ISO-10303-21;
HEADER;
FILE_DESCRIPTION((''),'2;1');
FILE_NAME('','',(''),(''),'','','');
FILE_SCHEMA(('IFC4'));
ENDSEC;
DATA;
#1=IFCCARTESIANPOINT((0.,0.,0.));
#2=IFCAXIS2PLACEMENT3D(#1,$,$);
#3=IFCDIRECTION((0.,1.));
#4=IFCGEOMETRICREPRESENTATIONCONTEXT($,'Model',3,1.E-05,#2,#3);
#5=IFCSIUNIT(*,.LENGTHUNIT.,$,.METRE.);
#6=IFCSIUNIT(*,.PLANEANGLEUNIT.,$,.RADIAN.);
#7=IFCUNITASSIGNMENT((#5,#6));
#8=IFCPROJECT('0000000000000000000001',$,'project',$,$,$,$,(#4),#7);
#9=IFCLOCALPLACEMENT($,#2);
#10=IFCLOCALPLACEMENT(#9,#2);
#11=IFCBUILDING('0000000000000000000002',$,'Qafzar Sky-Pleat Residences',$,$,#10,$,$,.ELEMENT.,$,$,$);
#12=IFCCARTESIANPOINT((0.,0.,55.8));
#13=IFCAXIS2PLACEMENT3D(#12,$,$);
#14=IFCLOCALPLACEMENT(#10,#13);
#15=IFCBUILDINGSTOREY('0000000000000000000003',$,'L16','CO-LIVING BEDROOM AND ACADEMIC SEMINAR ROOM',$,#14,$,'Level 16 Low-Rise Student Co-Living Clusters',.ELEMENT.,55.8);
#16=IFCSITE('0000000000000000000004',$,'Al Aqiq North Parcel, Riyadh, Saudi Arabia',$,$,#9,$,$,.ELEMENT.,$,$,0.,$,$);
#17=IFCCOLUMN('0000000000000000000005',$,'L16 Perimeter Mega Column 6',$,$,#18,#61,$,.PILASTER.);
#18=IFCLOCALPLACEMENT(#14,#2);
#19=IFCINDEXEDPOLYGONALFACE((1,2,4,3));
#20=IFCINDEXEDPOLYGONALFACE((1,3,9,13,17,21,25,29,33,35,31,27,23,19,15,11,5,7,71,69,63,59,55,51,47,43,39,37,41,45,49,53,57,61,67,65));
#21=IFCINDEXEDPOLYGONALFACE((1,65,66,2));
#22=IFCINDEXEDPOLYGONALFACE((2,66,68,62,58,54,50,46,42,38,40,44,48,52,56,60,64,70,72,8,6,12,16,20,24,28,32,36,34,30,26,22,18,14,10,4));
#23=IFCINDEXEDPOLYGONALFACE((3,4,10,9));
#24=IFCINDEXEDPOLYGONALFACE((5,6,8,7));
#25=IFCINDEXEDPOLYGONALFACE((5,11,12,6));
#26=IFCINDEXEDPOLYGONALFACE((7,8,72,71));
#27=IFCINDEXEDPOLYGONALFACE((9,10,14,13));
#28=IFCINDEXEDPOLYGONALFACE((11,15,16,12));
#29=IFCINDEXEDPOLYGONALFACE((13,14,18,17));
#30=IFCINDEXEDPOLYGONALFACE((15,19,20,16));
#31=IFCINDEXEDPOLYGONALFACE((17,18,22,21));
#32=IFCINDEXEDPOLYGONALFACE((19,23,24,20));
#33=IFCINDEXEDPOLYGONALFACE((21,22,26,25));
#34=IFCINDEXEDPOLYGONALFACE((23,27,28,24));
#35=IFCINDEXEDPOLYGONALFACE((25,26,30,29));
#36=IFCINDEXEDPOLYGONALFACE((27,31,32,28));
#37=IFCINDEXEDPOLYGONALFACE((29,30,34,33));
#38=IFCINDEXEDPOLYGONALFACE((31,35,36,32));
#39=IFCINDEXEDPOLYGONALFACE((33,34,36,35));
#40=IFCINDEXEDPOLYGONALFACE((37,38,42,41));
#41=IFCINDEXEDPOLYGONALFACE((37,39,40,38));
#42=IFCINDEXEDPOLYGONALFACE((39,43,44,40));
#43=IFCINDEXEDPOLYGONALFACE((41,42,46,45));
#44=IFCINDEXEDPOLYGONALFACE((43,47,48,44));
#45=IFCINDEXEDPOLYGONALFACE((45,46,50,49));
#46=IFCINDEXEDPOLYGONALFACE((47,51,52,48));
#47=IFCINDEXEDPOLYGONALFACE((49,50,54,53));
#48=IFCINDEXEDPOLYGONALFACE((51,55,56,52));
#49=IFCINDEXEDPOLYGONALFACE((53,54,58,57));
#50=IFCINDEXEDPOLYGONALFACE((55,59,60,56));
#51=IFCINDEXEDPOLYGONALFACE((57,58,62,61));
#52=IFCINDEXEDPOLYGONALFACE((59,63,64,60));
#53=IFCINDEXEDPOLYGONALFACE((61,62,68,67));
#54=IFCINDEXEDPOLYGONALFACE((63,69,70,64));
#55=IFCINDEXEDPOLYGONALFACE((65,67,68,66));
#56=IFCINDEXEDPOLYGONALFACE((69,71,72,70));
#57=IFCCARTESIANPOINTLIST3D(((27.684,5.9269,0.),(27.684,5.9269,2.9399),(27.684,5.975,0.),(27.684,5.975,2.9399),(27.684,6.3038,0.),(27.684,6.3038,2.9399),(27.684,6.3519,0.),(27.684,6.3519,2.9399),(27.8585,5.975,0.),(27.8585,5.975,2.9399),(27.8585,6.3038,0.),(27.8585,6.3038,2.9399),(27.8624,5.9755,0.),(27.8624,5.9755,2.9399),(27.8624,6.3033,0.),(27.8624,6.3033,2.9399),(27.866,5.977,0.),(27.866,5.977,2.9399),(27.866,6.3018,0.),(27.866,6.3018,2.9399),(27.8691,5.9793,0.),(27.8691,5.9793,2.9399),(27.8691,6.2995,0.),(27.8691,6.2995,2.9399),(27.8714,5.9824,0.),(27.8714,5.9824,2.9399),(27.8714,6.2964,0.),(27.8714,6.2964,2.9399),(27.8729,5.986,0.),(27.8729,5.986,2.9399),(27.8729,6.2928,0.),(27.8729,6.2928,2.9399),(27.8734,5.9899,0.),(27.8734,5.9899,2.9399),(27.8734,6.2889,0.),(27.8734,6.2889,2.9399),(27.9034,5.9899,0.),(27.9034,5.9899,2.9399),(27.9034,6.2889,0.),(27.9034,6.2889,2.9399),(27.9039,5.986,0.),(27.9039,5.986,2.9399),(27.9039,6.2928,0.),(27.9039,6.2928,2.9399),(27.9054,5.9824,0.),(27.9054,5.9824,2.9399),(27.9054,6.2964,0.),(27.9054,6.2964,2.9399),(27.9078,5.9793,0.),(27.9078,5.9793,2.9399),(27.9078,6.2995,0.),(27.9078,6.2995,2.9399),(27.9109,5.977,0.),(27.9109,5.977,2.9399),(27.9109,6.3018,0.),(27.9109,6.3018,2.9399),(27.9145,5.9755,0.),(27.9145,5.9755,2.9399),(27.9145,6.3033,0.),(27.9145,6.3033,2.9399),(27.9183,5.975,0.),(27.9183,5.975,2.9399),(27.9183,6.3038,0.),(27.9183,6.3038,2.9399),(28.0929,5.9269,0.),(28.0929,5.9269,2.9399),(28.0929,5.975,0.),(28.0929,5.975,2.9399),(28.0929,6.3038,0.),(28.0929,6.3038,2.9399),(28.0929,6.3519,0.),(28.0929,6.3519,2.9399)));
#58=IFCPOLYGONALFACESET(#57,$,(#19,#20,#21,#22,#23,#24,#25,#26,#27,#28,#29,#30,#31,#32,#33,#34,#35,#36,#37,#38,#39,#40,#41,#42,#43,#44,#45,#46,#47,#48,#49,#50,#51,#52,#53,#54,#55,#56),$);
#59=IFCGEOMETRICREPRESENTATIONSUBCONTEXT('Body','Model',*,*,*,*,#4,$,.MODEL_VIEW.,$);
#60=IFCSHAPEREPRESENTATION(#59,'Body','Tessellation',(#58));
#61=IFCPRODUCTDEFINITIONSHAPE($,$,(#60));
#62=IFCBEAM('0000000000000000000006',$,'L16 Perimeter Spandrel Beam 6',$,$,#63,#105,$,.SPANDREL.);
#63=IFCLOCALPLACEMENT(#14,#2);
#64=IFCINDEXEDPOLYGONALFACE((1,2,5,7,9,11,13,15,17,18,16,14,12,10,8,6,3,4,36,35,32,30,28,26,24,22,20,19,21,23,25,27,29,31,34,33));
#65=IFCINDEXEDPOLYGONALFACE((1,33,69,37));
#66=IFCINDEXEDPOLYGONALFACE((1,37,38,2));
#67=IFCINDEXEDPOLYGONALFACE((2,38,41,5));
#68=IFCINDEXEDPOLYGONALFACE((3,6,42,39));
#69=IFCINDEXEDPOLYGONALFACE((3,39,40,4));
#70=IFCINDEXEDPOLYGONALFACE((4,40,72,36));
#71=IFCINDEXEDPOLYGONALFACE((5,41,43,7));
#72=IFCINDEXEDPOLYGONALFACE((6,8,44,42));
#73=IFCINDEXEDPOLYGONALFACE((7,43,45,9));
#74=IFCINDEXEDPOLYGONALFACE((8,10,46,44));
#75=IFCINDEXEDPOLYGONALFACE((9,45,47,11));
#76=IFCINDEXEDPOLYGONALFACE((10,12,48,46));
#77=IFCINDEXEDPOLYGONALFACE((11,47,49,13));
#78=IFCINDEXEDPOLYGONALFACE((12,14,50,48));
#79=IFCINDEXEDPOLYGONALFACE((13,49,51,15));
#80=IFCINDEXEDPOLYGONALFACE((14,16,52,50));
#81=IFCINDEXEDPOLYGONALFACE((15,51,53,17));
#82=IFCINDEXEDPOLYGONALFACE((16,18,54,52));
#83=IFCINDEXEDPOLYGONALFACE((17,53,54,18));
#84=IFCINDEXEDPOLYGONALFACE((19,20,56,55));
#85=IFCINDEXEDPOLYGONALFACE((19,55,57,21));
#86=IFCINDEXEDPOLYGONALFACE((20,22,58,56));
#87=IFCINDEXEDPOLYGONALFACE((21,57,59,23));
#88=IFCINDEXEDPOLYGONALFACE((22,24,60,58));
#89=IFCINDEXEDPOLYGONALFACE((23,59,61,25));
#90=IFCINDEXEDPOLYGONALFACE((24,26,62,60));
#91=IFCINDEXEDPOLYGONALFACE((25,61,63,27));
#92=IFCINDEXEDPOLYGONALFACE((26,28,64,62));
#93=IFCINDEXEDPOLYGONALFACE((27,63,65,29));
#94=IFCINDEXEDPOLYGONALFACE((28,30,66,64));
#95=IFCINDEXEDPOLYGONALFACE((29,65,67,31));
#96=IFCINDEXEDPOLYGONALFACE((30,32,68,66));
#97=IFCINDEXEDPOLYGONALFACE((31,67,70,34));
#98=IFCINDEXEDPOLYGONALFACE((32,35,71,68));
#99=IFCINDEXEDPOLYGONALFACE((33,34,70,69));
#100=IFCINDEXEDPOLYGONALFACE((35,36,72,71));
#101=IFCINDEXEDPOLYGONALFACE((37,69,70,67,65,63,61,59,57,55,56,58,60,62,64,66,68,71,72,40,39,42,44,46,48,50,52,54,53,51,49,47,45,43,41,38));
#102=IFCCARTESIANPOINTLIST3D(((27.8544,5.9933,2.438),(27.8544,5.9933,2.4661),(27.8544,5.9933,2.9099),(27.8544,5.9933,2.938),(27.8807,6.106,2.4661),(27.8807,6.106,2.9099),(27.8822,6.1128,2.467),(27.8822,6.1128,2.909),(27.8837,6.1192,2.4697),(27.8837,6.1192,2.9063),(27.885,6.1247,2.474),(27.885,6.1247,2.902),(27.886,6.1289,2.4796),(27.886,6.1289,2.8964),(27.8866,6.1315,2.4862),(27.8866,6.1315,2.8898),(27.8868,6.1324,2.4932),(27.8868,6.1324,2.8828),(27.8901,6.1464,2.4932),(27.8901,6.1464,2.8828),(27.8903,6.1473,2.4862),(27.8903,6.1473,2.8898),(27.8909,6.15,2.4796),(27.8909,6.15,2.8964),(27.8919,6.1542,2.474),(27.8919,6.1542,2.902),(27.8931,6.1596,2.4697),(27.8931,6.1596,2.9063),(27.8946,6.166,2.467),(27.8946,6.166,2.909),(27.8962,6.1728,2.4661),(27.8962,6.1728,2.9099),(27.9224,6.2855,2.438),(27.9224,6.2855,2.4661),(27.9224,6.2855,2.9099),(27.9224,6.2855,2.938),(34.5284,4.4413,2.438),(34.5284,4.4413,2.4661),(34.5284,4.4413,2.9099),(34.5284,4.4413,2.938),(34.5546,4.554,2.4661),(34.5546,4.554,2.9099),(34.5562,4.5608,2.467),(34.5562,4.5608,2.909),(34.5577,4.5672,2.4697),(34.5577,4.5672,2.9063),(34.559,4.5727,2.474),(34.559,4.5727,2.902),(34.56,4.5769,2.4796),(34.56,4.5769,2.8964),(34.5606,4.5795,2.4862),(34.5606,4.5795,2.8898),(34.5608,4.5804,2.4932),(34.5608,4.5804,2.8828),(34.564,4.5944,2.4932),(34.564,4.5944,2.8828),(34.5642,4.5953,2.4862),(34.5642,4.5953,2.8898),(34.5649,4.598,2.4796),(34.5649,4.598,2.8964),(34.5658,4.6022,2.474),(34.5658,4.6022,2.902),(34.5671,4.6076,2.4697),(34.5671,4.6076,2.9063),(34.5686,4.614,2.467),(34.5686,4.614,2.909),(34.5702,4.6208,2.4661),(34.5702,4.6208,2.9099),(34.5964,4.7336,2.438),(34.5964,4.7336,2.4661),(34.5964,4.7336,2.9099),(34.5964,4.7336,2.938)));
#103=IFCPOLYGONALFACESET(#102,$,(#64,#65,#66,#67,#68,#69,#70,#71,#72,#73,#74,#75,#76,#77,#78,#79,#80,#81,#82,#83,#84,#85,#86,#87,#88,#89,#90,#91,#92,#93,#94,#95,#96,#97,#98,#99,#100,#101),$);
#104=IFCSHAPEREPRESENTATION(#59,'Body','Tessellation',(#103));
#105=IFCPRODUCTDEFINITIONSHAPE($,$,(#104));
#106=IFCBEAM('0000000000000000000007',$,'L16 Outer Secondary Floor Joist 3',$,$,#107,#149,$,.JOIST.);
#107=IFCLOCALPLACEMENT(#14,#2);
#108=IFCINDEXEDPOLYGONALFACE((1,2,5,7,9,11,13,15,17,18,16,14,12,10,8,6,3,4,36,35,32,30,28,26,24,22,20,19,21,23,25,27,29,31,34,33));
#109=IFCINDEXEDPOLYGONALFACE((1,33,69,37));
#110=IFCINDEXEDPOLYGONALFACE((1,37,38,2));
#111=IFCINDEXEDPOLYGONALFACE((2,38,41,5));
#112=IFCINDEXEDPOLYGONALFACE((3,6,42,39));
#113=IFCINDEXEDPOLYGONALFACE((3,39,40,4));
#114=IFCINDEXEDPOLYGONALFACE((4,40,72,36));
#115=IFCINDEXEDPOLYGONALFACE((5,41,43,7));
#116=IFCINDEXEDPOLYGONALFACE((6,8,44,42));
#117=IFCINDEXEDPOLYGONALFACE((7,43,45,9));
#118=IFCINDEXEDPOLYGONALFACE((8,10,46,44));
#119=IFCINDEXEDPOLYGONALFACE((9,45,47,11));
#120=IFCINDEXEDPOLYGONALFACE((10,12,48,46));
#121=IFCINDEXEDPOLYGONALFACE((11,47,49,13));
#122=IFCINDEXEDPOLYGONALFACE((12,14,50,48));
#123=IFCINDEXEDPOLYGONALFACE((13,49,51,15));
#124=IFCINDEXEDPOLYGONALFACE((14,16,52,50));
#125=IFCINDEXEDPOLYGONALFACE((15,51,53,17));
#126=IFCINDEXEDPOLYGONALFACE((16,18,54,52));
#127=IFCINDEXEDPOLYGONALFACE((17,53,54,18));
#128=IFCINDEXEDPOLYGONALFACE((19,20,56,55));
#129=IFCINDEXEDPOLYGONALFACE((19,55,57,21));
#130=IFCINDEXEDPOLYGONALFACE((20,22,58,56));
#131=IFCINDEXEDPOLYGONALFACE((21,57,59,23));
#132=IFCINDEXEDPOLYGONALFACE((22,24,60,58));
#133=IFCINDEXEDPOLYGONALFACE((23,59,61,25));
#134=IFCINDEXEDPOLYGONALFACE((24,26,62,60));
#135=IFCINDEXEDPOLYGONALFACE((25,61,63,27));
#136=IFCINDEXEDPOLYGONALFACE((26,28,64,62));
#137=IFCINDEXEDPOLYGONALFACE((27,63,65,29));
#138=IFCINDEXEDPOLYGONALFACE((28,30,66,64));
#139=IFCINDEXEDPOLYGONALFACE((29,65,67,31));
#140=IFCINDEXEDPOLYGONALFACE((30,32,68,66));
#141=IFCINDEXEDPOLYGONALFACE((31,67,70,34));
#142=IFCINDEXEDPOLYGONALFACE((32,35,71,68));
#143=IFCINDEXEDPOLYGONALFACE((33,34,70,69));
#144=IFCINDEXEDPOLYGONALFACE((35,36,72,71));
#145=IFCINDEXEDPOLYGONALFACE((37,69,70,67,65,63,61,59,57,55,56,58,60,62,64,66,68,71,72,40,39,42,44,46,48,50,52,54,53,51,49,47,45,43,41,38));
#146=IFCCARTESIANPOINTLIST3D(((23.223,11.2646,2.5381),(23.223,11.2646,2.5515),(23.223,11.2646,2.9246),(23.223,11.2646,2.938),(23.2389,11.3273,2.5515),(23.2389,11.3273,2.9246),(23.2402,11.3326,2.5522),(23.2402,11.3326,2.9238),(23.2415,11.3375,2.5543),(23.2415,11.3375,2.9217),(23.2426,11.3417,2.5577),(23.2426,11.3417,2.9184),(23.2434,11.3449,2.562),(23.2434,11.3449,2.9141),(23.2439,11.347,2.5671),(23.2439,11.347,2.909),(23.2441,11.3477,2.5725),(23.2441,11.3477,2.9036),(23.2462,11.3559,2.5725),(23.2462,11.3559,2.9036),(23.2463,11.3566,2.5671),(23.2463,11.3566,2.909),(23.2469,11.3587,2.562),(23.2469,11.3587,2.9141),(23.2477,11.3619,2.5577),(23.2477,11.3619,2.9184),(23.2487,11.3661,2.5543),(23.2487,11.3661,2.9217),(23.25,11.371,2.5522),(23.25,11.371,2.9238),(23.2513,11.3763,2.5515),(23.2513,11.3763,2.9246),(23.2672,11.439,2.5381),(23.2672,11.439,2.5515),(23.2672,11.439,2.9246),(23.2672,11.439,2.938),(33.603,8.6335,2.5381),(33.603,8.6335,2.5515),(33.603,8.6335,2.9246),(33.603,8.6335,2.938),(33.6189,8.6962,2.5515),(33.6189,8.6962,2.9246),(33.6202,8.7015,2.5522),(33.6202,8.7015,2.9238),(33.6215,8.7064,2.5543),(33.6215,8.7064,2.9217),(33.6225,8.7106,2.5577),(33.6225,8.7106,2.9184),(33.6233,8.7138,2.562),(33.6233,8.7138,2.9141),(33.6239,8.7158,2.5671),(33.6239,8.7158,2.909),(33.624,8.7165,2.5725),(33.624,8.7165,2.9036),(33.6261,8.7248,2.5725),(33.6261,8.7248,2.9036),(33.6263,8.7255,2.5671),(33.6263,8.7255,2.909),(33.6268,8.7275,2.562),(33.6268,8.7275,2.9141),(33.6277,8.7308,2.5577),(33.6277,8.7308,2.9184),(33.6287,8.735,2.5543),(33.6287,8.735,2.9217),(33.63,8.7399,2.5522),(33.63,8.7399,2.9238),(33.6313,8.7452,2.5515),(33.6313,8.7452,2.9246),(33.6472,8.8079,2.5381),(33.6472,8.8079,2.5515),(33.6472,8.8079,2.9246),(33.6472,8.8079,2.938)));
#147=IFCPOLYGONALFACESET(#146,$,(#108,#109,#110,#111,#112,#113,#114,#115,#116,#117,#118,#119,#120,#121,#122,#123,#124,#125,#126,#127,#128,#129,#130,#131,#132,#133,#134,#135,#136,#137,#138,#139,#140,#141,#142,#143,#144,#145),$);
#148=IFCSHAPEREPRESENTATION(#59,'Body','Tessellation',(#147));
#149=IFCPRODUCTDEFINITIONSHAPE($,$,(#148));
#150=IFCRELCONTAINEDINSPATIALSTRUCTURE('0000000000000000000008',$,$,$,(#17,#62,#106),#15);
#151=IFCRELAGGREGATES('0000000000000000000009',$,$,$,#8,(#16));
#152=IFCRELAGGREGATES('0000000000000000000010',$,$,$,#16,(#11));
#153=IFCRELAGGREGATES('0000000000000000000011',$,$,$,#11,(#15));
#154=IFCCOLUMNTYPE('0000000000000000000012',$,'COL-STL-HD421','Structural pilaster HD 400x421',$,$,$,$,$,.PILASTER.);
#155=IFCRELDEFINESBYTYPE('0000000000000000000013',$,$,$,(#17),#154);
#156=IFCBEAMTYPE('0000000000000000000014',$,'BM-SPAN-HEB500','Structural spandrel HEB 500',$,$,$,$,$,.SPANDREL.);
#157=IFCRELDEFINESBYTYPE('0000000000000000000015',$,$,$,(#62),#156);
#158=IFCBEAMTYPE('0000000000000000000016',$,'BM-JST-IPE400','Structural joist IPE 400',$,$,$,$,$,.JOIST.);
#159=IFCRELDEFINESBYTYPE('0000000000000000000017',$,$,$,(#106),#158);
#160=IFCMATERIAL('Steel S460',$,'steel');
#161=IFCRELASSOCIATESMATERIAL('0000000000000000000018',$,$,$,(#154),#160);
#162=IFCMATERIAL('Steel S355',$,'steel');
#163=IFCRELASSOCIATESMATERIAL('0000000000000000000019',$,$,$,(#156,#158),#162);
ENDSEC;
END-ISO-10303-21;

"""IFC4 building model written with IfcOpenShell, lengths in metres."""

from ifc_helpers import new_model, si_unit, direction, frame, origin, origin_2d, place, context, subcontext, project, spatial, i_section, extrude, source, transform, mapped, material, material_profile, profile_set, type_object, element, save


model = new_model("IFC4")

# Units and contexts
model_context = context("Model", 3, precision=1e-05, world=origin(), true_north=direction((0.0, 1.0)))
body_context = subcontext(model_context, "Body", "Model", "MODEL_VIEW")
ifc_project = project(units=[si_unit("LENGTHUNIT", "METRE"), si_unit("PLANEANGLEUNIT", "RADIAN")], contexts=[model_context])

# Site, building, storey
site_placement = place(None, origin())
site = spatial("IfcSite", under=ifc_project, at=site_placement, Name="Al Aqiq North Parcel, Riyadh, Saudi Arabia", CompositionType="ELEMENT", RefElevation=0.0)
building_placement = place(site_placement, origin())
building = spatial("IfcBuilding", under=site, at=building_placement, Name="Qafzar Sky-Pleat Residences", CompositionType="ELEMENT")
storey_placement = place(building_placement, frame((0.0, 0.0, 55.8)))
storey = spatial("IfcBuildingStorey", under=building, at=storey_placement, Name="L16", Description="CO-LIVING BEDROOM AND ACADEMIC SEMINAR ROOM", LongName="Level 16 Low-Rise Student Co-Living Clusters", CompositionType="ELEMENT", Elevation=55.8)

# Column
ifc_material_1 = material(Name="Steel S460", Category="steel")
ifc_material_profile_1 = material_profile(ifc_material_1, i_section(OverallWidth=0.4089, OverallDepth=0.425, WebThickness=0.03, FlangeThickness=0.0481, FilletRadius=0.0149, at=origin_2d()), Name="HD 400x421")
ifc_profile_set_1 = profile_set([ifc_material_profile_1], Name="Steel S460")
column_type = type_object("IfcColumnType", Name="COL-STL-HD421", Description="Structural pilaster HD 400x421", PredefinedType="PILASTER", material=ifc_profile_set_1)
shared_shape_1 = source(origin(), body_context, "Body", "SweptSolid", [
    extrude(i_section(OverallWidth=0.4089, OverallDepth=0.425, WebThickness=0.03, FlangeThickness=0.0481, FilletRadius=0.0149, at=origin_2d()), origin(), (0.0, 0.0, 1.0), 2.9399),
])
column_placement = place(storey_placement, frame((27.8884, 6.1394, 0.0), z_axis=(0.0, 0.0, 1.0), x_axis=(1.0, 0.0, 0.0)))
element("IfcColumn", 1, at=column_placement, inside=storey, type_object=column_type, Name="L16 Perimeter Mega Column 6", PredefinedType="PILASTER", context=body_context, shape_type="MappedRepresentation", body=[
    mapped(shared_shape_1, transform((0.0, 0.0, 0.0), x_axis=(1.0, 0.0, 0.0), y_axis=(0.0, 1.0, 0.0), z_axis=(0.0, 0.0, 1.0), scale=1.0)),
])

# Beams
ifc_material_2 = material(Name="Steel S355", Category="steel")
ifc_material_profile_2 = material_profile(ifc_material_2, i_section(OverallWidth=0.3, OverallDepth=0.5, WebThickness=0.0144, FlangeThickness=0.0281, FilletRadius=0.0271, at=origin_2d()), Name="HEB 500")
ifc_profile_set_2 = profile_set([ifc_material_profile_2], Name="Steel S355")
beam_type_1 = type_object("IfcBeamType", Name="BM-SPAN-HEB500", Description="Structural spandrel HEB 500", PredefinedType="SPANDREL", material=ifc_profile_set_2)
shared_shape_2 = source(origin(), body_context, "Body", "SweptSolid", [
    extrude(i_section(OverallWidth=0.3, OverallDepth=0.5, WebThickness=0.0144, FlangeThickness=0.0281, FilletRadius=0.0271, at=origin_2d()), origin(), (0.0, 0.0, 1.0), 6.8521),
])
beam_1_placement = place(storey_placement, frame((27.8884, 6.1394, 2.688), z_axis=(0.974012, -0.226499, 0.0), x_axis=(0.226499, 0.974012, 0.0)))
element("IfcBeam", 2, at=beam_1_placement, inside=storey, type_object=beam_type_1, Name="L16 Perimeter Spandrel Beam 6", PredefinedType="SPANDREL", context=body_context, shape_type="MappedRepresentation", body=[
    mapped(shared_shape_2, transform((0.0, 0.0, 0.0), x_axis=(1.0, 0.0, 0.0), y_axis=(0.0, 1.0, 0.0), z_axis=(0.0, 0.0, 1.0), scale=1.0)),
])
ifc_material_profile_3 = material_profile(ifc_material_2, i_section(OverallWidth=0.1799, OverallDepth=0.3999, WebThickness=0.0085, FlangeThickness=0.0134, FilletRadius=0.021, at=origin_2d()), Name="IPE 400")
ifc_profile_set_3 = profile_set([ifc_material_profile_3], Name="Steel S355")
beam_type_2 = type_object("IfcBeamType", Name="BM-JST-IPE400", Description="Structural joist IPE 400", PredefinedType="JOIST", material=ifc_profile_set_3)
shared_shape_3 = source(origin(), body_context, "Body", "SweptSolid", [
    extrude(i_section(OverallWidth=0.1799, OverallDepth=0.3999, WebThickness=0.0085, FlangeThickness=0.0134, FilletRadius=0.021, at=origin_2d()), origin(), (0.0, 0.0, 1.0), 10.7083),
])
beam_2_placement = place(storey_placement, frame((23.2451, 11.3518, 2.738), z_axis=(0.969343, -0.24571, 0.0), x_axis=(0.24571, 0.969343, 0.0)))
element("IfcBeam", 3, at=beam_2_placement, inside=storey, type_object=beam_type_2, Name="L16 Outer Secondary Floor Joist 3", PredefinedType="JOIST", context=body_context, shape_type="MappedRepresentation", body=[
    mapped(shared_shape_3, transform((0.0, 0.0, 0.0), x_axis=(1.0, 0.0, 0.0), y_axis=(0.0, 1.0, 0.0), z_axis=(0.0, 0.0, 1.0), scale=1.0)),
])

save(model, "model.ifc")
